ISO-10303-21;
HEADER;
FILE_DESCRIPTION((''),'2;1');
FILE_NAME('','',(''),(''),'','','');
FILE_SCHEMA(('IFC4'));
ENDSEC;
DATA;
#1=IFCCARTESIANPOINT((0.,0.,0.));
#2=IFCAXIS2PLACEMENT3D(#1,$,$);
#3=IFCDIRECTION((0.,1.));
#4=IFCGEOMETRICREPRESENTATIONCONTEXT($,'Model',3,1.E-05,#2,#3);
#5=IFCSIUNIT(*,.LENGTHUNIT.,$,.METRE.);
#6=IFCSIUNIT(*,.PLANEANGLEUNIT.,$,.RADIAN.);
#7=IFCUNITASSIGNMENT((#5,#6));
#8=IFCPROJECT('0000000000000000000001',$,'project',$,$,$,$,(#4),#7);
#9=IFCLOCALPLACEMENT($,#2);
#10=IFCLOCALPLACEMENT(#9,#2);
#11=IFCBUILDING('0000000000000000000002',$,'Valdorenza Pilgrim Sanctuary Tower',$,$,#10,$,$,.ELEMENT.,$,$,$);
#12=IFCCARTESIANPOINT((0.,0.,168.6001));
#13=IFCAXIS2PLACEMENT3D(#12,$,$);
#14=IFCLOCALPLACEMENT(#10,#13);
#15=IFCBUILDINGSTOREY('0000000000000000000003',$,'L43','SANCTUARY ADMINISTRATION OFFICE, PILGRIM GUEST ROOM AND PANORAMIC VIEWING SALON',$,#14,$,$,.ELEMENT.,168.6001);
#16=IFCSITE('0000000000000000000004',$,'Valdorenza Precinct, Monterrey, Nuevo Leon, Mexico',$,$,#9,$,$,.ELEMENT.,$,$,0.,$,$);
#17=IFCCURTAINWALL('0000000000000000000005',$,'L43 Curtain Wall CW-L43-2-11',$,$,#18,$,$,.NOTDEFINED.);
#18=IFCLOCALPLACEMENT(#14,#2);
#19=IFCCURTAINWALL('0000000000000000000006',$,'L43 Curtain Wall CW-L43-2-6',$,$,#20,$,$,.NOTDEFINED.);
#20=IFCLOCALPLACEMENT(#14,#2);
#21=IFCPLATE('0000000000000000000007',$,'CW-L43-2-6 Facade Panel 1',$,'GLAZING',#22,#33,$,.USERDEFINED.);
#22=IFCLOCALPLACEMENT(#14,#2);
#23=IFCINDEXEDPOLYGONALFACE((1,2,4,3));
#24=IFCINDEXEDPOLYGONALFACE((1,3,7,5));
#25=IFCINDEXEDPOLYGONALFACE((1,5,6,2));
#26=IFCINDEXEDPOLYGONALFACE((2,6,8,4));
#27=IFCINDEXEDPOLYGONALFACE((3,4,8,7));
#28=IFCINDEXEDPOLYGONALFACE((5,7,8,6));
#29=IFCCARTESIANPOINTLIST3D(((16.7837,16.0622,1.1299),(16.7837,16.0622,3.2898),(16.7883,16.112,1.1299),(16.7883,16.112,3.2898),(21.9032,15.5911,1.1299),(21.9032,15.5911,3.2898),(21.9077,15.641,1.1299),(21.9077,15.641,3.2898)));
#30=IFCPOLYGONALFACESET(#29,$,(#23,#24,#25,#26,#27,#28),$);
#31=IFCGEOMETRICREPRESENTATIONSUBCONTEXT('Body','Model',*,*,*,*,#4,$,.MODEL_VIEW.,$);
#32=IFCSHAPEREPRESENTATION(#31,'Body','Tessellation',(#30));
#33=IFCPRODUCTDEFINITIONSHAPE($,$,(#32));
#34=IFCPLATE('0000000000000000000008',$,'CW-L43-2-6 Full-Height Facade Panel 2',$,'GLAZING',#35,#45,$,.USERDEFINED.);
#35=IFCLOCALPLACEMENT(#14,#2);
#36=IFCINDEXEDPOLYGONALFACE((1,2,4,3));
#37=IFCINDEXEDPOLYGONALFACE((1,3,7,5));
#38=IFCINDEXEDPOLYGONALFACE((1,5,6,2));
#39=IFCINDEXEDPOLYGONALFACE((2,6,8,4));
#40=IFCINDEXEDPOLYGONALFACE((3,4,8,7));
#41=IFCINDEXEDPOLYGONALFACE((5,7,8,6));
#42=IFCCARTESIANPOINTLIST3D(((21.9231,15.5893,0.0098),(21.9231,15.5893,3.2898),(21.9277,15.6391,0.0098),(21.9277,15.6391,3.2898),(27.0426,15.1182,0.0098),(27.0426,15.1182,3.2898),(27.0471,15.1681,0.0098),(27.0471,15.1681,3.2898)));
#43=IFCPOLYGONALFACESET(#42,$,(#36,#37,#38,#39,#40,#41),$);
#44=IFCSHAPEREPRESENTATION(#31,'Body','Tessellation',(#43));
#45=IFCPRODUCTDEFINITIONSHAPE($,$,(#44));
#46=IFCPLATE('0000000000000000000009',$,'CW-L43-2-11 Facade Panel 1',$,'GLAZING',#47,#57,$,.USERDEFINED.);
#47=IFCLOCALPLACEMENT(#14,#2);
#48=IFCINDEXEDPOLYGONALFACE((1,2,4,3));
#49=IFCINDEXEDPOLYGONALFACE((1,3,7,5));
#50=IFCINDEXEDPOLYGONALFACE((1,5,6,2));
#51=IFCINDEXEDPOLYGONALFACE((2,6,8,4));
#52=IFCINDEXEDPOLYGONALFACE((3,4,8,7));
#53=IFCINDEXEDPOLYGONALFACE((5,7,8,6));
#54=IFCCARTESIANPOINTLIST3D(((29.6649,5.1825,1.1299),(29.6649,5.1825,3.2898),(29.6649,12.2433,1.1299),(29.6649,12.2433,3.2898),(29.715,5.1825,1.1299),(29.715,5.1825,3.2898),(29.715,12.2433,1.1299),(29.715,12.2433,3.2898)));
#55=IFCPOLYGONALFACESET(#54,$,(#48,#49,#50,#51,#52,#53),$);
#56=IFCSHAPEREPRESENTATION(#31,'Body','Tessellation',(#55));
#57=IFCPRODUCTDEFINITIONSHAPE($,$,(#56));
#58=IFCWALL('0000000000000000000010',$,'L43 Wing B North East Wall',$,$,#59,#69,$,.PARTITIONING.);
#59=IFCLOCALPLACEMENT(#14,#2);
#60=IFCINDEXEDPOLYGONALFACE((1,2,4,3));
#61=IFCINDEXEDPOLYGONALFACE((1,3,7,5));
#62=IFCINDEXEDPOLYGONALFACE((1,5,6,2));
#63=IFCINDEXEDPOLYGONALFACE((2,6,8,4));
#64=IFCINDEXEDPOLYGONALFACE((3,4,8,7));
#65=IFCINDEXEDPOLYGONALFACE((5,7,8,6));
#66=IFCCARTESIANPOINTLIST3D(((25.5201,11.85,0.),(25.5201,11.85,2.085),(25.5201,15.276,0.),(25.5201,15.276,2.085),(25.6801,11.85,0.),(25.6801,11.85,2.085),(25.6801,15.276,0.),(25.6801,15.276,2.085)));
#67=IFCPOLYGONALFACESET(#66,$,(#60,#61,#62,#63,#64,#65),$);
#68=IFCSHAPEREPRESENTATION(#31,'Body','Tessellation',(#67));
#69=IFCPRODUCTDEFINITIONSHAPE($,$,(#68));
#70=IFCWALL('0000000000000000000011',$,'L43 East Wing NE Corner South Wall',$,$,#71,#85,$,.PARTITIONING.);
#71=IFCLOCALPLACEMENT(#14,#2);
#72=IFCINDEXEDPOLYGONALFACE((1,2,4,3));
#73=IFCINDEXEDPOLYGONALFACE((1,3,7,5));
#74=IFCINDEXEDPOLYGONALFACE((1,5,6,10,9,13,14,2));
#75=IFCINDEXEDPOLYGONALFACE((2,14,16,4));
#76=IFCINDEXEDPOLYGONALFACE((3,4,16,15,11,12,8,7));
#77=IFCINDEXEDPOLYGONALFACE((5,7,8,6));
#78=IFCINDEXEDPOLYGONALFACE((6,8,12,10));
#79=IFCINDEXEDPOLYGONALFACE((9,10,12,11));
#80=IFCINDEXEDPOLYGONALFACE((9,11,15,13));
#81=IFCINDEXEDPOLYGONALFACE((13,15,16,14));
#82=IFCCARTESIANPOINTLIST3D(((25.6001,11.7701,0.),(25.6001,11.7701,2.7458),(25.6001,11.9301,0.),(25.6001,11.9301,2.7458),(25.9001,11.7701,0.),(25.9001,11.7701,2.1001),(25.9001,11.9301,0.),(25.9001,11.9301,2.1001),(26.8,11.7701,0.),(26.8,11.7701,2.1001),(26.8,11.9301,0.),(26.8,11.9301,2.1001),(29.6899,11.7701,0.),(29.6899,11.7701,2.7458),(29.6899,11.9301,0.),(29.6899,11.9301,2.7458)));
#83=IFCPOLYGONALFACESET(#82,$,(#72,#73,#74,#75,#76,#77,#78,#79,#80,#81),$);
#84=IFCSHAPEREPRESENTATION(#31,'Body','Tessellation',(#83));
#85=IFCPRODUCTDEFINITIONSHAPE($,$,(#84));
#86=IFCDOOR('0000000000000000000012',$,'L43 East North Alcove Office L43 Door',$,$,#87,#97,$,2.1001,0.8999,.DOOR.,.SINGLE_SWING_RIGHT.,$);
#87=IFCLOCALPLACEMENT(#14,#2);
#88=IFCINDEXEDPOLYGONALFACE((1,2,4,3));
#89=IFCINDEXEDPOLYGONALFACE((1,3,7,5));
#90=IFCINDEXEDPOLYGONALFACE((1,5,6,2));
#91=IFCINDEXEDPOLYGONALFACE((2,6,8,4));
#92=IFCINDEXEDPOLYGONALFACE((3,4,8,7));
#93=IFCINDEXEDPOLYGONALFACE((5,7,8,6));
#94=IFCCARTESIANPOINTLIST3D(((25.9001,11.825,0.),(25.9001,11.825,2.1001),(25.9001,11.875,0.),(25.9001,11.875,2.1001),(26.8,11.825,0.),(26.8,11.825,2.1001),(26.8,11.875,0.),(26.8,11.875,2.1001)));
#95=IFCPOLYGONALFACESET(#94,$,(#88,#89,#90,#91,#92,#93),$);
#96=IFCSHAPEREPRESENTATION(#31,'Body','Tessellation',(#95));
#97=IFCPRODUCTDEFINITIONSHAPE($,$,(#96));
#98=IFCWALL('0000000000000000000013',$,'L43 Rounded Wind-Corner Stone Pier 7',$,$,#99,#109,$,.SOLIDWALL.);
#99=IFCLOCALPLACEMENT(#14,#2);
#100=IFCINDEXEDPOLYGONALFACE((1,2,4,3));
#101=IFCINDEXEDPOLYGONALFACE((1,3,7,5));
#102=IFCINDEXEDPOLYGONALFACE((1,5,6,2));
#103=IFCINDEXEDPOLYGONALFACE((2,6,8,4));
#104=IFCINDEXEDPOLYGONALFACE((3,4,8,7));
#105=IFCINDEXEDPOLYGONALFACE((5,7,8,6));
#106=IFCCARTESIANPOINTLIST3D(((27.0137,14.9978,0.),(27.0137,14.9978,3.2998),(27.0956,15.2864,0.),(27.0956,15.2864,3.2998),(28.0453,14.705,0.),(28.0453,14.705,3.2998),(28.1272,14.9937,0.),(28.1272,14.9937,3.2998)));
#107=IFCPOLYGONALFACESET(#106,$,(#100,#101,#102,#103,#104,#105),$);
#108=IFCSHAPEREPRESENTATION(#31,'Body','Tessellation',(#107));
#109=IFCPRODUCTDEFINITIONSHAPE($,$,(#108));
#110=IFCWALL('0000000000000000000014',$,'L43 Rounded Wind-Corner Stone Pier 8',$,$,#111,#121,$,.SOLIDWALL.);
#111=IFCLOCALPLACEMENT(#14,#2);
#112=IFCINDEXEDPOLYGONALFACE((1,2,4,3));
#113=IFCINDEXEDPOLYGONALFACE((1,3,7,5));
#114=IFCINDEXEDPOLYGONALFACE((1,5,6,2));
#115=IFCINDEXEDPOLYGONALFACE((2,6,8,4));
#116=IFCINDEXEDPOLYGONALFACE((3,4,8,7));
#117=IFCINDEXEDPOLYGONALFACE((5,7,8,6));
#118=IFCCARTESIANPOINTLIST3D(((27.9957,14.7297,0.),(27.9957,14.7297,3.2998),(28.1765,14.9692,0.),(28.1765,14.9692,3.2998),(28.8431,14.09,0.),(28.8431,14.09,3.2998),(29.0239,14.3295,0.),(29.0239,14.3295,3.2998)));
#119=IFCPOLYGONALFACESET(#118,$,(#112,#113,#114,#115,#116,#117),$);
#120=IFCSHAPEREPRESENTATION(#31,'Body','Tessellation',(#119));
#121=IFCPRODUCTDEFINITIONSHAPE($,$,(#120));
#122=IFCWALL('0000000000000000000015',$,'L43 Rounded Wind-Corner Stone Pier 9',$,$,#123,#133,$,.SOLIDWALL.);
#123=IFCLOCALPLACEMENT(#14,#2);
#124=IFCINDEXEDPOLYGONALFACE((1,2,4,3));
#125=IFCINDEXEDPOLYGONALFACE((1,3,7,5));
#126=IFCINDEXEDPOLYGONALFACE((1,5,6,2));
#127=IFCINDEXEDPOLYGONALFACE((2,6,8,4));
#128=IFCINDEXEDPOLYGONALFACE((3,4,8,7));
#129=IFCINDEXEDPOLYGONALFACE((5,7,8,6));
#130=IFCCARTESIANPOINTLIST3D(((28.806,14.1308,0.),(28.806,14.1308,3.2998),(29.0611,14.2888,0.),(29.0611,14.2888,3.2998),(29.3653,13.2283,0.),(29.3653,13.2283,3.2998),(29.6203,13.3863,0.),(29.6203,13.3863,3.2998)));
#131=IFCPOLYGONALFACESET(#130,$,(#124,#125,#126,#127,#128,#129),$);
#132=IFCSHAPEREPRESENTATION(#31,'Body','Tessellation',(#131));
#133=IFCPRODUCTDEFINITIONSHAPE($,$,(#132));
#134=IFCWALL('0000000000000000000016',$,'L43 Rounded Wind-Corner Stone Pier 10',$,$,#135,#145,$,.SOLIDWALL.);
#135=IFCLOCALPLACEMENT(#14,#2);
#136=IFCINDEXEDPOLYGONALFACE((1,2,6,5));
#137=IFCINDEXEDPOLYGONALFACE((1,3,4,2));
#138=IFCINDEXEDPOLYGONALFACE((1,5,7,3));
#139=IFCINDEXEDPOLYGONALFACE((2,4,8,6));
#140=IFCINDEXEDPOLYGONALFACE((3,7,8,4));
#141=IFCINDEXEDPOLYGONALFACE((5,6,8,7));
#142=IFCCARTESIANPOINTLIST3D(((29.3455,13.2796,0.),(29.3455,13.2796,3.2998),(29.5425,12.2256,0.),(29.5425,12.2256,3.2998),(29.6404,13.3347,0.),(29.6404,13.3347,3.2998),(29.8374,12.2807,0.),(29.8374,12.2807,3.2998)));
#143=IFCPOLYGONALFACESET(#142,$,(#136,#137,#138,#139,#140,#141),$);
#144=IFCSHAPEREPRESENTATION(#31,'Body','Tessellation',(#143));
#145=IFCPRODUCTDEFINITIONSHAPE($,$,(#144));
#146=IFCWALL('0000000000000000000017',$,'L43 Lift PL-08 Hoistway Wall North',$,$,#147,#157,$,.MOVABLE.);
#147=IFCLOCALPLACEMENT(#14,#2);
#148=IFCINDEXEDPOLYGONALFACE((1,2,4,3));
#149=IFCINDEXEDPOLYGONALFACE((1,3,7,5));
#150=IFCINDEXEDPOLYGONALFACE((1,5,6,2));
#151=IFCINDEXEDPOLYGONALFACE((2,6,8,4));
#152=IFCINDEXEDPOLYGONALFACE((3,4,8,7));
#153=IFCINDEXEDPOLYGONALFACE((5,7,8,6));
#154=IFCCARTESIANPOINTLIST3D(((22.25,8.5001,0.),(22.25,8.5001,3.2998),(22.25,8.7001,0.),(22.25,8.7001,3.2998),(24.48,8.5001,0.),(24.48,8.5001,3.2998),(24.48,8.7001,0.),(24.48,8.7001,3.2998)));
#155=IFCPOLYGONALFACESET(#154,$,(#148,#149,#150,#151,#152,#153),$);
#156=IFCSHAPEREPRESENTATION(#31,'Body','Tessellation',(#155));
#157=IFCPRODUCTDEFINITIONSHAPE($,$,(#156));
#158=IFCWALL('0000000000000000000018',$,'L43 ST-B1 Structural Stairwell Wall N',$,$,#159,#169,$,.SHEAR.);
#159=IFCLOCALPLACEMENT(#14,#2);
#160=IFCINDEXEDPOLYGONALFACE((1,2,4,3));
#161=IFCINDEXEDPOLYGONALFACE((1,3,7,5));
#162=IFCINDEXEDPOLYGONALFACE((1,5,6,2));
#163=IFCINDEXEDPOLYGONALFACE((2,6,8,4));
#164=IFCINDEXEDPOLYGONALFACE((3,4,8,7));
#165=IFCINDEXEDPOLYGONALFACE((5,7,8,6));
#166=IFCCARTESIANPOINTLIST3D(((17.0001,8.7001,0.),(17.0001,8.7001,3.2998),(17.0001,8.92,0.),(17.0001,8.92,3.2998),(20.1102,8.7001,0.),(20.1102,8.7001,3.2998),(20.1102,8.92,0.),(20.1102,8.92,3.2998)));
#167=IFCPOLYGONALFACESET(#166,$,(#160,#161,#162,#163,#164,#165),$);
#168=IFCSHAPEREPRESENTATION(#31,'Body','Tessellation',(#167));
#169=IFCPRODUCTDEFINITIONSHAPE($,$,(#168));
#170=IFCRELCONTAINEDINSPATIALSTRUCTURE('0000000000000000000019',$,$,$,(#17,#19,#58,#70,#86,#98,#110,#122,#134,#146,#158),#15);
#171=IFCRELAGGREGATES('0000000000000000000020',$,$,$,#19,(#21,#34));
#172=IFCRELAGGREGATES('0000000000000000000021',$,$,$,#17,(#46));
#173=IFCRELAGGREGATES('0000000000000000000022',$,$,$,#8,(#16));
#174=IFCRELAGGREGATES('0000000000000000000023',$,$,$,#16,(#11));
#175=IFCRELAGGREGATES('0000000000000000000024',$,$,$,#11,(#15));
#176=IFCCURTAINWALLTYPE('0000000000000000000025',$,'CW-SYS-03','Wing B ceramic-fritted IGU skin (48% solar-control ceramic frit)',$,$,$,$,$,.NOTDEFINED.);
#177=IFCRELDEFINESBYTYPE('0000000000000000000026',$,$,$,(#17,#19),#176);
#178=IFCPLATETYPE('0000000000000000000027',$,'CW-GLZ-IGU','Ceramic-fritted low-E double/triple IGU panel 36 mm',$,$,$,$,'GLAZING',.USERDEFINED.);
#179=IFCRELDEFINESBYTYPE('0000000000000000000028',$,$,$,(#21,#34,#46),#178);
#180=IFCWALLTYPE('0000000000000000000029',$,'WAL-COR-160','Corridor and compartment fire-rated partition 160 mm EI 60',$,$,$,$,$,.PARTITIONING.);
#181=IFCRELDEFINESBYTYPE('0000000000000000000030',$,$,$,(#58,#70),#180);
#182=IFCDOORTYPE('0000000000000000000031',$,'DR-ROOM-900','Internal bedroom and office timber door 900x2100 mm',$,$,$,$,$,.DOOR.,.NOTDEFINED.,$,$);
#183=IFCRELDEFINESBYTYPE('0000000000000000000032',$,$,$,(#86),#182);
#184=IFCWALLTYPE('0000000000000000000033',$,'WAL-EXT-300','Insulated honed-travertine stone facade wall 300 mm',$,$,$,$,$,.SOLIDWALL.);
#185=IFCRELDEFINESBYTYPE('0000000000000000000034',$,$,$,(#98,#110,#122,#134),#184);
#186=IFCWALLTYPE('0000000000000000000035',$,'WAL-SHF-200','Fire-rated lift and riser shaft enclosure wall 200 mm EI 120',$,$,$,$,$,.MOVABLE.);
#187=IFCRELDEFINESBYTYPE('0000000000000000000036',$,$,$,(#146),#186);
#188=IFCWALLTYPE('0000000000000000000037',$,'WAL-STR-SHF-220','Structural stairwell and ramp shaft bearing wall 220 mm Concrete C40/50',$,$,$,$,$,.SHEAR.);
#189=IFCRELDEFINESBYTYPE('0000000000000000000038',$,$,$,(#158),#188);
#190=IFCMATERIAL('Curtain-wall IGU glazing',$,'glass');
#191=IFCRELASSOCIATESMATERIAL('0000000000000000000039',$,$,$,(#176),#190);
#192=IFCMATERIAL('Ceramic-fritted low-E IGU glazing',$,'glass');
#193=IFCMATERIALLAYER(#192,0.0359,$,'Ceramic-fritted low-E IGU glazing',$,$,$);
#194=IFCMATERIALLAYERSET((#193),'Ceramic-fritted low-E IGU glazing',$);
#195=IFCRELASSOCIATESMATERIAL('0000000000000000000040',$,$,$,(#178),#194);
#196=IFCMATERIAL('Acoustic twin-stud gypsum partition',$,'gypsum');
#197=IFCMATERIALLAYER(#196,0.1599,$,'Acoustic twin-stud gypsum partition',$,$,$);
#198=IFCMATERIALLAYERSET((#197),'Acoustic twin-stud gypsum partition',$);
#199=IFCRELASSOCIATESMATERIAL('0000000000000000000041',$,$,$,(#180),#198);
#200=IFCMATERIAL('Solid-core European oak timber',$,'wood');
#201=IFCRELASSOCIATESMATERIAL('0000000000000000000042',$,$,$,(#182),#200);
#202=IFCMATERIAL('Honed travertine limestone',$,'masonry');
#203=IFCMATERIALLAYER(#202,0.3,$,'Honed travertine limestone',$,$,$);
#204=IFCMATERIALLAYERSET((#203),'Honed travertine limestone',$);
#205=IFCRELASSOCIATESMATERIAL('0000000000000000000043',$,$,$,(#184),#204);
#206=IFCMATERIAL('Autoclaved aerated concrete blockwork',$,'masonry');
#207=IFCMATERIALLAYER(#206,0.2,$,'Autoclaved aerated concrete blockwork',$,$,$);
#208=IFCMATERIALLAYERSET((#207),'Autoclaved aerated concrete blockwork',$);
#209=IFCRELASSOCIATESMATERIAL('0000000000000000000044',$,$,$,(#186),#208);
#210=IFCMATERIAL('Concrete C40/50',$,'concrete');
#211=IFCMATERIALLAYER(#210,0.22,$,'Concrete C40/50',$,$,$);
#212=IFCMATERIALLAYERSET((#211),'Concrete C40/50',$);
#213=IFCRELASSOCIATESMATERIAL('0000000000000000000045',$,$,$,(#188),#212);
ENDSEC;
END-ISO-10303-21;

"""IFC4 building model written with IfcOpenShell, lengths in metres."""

from ifc_helpers import new_model, si_unit, direction, frame, frame_2d, origin, origin_2d, place, context, subcontext, project, spatial, rectangle, extrude, source, transform, mapped, material, layer, layer_set, type_object, element, fill, aggregate, save


model = new_model("IFC4")

# Units and contexts
model_context = context("Model", 3, precision=1e-05, world=origin(), true_north=direction((0.0, 1.0)))
body_context = subcontext(model_context, "Body", "Model", "MODEL_VIEW")
ifc_project = project(units=[si_unit("LENGTHUNIT", "METRE"), si_unit("PLANEANGLEUNIT", "RADIAN")], contexts=[model_context])

# Site, building, storey
site_placement = place(None, origin())
site = spatial("IfcSite", under=ifc_project, at=site_placement, Name="Valdorenza Precinct, Monterrey, Nuevo Leon, Mexico", CompositionType="ELEMENT", RefElevation=0.0)
building_placement = place(site_placement, origin())
building = spatial("IfcBuilding", under=site, at=building_placement, Name="Valdorenza Pilgrim Sanctuary Tower", CompositionType="ELEMENT")
storey_placement = place(building_placement, frame((0.0, 0.0, 168.6001)))
storey = spatial("IfcBuildingStorey", under=building, at=storey_placement, Name="L43", Description="SANCTUARY ADMINISTRATION OFFICE, PILGRIM GUEST ROOM AND PANORAMIC VIEWING SALON", CompositionType="ELEMENT", Elevation=168.6001)

# Curtain wall
ifc_material_1 = material(Name="Curtain-wall IGU glazing", Category="glass")
curtain_wall_type = type_object("IfcCurtainWallType", Name="CW-SYS-03", Description="Wing B ceramic-fritted IGU skin (48% solar-control ceramic frit)", PredefinedType="NOTDEFINED", material=ifc_material_1)
curtain_wall_1_placement = place(storey_placement, origin())
curtain_wall_1 = element("IfcCurtainWall", 1, at=curtain_wall_1_placement, inside=storey, type_object=curtain_wall_type, Name="L43 Curtain Wall CW-L43-2-11", PredefinedType="NOTDEFINED")

# Curtain wall
curtain_wall_2_placement = place(storey_placement, origin())
curtain_wall_2 = element("IfcCurtainWall", 2, at=curtain_wall_2_placement, inside=storey, type_object=curtain_wall_type, Name="L43 Curtain Wall CW-L43-2-6", PredefinedType="NOTDEFINED")

# Plates
ifc_material_2 = material(Name="Honed travertine limestone", Category="masonry")
ifc_material_3 = material(Name="Ceramic-fritted low-E IGU glazing", Category="glass")
ifc_layer_1 = layer(ifc_material_3, 0.0359, Name="Ceramic-fritted low-E IGU glazing")
ifc_layer_set_1 = layer_set([ifc_layer_1], Name="Ceramic-fritted low-E IGU glazing")
plate_type_1 = type_object("IfcPlateType", Name="CW-GLZ-IGU", Description="Ceramic-fritted low-E double/triple IGU panel 36 mm", ElementType="GLAZING", PredefinedType="USERDEFINED", material=ifc_layer_set_1)
shared_shape_1 = source(origin(), body_context, "Body", "SweptSolid", [
    extrude(rectangle(XDim=5.1411, YDim=0.05, at=origin_2d()), origin(), (0.0, 0.0, 1.0), 2.1599),
])
plate_1_placement = place(storey_placement, frame((19.3457, 15.8516, 1.1299), z_axis=(0.0, 0.0, 1.0), x_axis=(0.995794, -0.091623, 0.0)))
plate_1 = element("IfcPlate", 3, at=plate_1_placement, type_object=plate_type_1, Name="CW-L43-2-6 Facade Panel 1", ObjectType="GLAZING", PredefinedType="USERDEFINED", context=body_context, shape_type="MappedRepresentation", body=[
    mapped(shared_shape_1, transform((0.0, 0.0, 0.0), x_axis=(1.0, 0.0, 0.0), y_axis=(0.0, 1.0, 0.0), z_axis=(0.0, 0.0, 1.0), scale=1.0)),
])
shared_shape_2 = source(origin(), body_context, "Body", "SweptSolid", [
    extrude(rectangle(XDim=5.1411, YDim=0.05, at=origin_2d()), origin(), (0.0, 0.0, 1.0), 3.28),
])
plate_2_placement = place(storey_placement, frame((24.4851, 15.3787, 0.0098), z_axis=(0.0, 0.0, 1.0), x_axis=(0.995794, -0.091623, 0.0)))
plate_2 = element("IfcPlate", 4, at=plate_2_placement, type_object=plate_type_1, Name="CW-L43-2-6 Full-Height Facade Panel 2", ObjectType="GLAZING", PredefinedType="USERDEFINED", context=body_context, shape_type="MappedRepresentation", body=[
    mapped(shared_shape_2, transform((0.0, 0.0, 0.0), x_axis=(1.0, 0.0, 0.0), y_axis=(0.0, 1.0, 0.0), z_axis=(0.0, 0.0, 1.0), scale=1.0)),
])
aggregate(curtain_wall_2, [plate_1, plate_2])
shared_shape_3 = source(origin(), body_context, "Body", "SweptSolid", [
    extrude(rectangle(XDim=7.0608, YDim=0.05, at=origin_2d()), origin(), (0.0, 0.0, 1.0), 2.1599),
])
plate_3_placement = place(storey_placement, frame((29.6899, 8.7129, 1.1299), z_axis=(0.0, 0.0, 1.0), x_axis=(0.0, -1.0, 0.0)))
plate_3 = element("IfcPlate", 5, at=plate_3_placement, type_object=plate_type_1, Name="CW-L43-2-11 Facade Panel 1", ObjectType="GLAZING", PredefinedType="USERDEFINED", context=body_context, shape_type="MappedRepresentation", body=[
    mapped(shared_shape_3, transform((0.0, 0.0, 0.0), x_axis=(1.0, 0.0, 0.0), y_axis=(0.0, 1.0, 0.0), z_axis=(0.0, 0.0, 1.0), scale=1.0)),
])
aggregate(curtain_wall_1, [plate_3])

# Wall
ifc_material_4 = material(Name="Acoustic twin-stud gypsum partition", Category="gypsum")
ifc_layer_2 = layer(ifc_material_4, 0.1599, Name="Acoustic twin-stud gypsum partition")
ifc_layer_set_2 = layer_set([ifc_layer_2], Name="Acoustic twin-stud gypsum partition")
wall_type_1 = type_object("IfcWallType", Name="WAL-COR-160", Description="Corridor and compartment fire-rated partition 160 mm EI 60", PredefinedType="PARTITIONING", material=ifc_layer_set_2)
wall_1_placement = place(storey_placement, frame((25.6001, 11.8501, 0.0), z_axis=(0.0, 0.0, 1.0), x_axis=(0.0, 1.0, 0.0)))
element("IfcWall", 6, at=wall_1_placement, inside=storey, type_object=wall_type_1, Name="L43 Wing B North East Wall", PredefinedType="PARTITIONING", context=body_context, shape_type="SweptSolid", body=[
    extrude(rectangle(XDim=3.426, YDim=0.1599, at=frame_2d((1.7129, 0.0))), origin(), (0.0, 0.0, 1.0), 2.085),
])

# Wall, opening, door
wall_2_placement = place(storey_placement, frame((25.6001, 11.8501, 0.0), z_axis=(0.0, 0.0, 1.0), x_axis=(1.0, 0.0, 0.0)))
wall_2 = element("IfcWall", 7, at=wall_2_placement, inside=storey, type_object=wall_type_1, Name="L43 East Wing NE Corner South Wall", PredefinedType="PARTITIONING", context=body_context, shape_type="SweptSolid", body=[
    extrude(rectangle(XDim=4.0898, YDim=0.1599, at=frame_2d((2.0449, 0.0))), origin(), (0.0, 0.0, 1.0), 2.7458),
])
opening_placement = place(wall_2_placement, frame((0.3, 0.0, 0.0)))
opening = element("IfcOpeningElement", 8, at=opening_placement, cuts=wall_2, PredefinedType="OPENING", context=body_context, shape_type="SweptSolid", body=[
    extrude(rectangle(XDim=0.8999, YDim=2.1001, at=frame_2d((0.45, 1.05))), frame((0.0, 0.0947, 0.0), z_axis=(0.0, -1.0, 0.0), x_axis=(1.0, 0.0, 0.0)), (0.0, 0.0, 1.0), 0.1897),
])
ifc_material_5 = material(Name="Solid-core European oak timber", Category="wood")
door_type = type_object("IfcDoorType", Name="DR-ROOM-900", Description="Internal bedroom and office timber door 900x2100 mm", OperationType="NOTDEFINED", PredefinedType="DOOR", material=ifc_material_5)
door_placement = place(opening_placement, origin())
door = element("IfcDoor", 9, at=door_placement, inside=storey, type_object=door_type, Name="L43 East North Alcove Office L43 Door", OperationType="SINGLE_SWING_RIGHT", OverallHeight=2.1001, OverallWidth=0.8999, PredefinedType="DOOR", context=body_context, shape_type="SweptSolid", body=[
    extrude(rectangle(XDim=0.8999, YDim=2.1001, at=frame_2d((0.45, 1.05))), frame((0.0, 0.0249, 0.0), z_axis=(0.0, -1.0, 0.0), x_axis=(1.0, 0.0, 0.0)), (0.0, 0.0, 1.0), 0.05),
])
fill(opening, door)

# Walls
ifc_layer_3 = layer(ifc_material_2, 0.3, Name="Honed travertine limestone")
ifc_layer_set_3 = layer_set([ifc_layer_3], Name="Honed travertine limestone")
wall_type_2 = type_object("IfcWallType", Name="WAL-EXT-300", Description="Insulated honed-travertine stone facade wall 300 mm", PredefinedType="SOLIDWALL", material=ifc_layer_set_3)
wall_3_placement = place(storey_placement, frame((27.0547, 15.1421, 0.0), z_axis=(0.0, 0.0, 1.0), x_axis=(0.962012, -0.273007, 0.0)))
element("IfcWall", 10, at=wall_3_placement, inside=storey, type_object=wall_type_2, Name="L43 Rounded Wind-Corner Stone Pier 7", PredefinedType="SOLIDWALL", context=body_context, shape_type="SweptSolid", body=[
    extrude(rectangle(XDim=1.0723, YDim=0.3, at=frame_2d((0.5361, 0.0))), origin(), (0.0, 0.0, 1.0), 3.2998),
])
for number, where, z_axis, x_axis, name in (
    (11, (28.0862, 14.8494, 0.0), (0.0, 0.0, 1.0), (0.798147, -0.602462, 0.0), "L43 Rounded Wind-Corner Stone Pier 8"),
    (12, (28.9336, 14.2097, 0.0), (0.0, 0.0, 1.0), (0.52675, -0.85002, 0.0), "L43 Rounded Wind-Corner Stone Pier 9"),
):
    element("IfcWall", number, at=place(storey_placement, frame(where, z_axis=z_axis, x_axis=x_axis)), inside=storey, type_object=wall_type_2, Name=name, PredefinedType="SOLIDWALL", context=body_context, shape_type="SweptSolid", body=[
        extrude(rectangle(XDim=1.0618, YDim=0.3, at=frame_2d((0.5308, 0.0))), origin(), (0.0, 0.0, 1.0), 3.2998),
    ])
wall_4_placement = place(storey_placement, frame((29.4929, 13.3071, 0.0), z_axis=(0.0, 0.0, 1.0), x_axis=(0.183752, -0.982973, 0.0)))
element("IfcWall", 13, at=wall_4_placement, inside=storey, type_object=wall_type_2, Name="L43 Rounded Wind-Corner Stone Pier 10", PredefinedType="SOLIDWALL", context=body_context, shape_type="SweptSolid", body=[
    extrude(rectangle(XDim=1.0723, YDim=0.3, at=frame_2d((0.5361, 0.0))), origin(), (0.0, 0.0, 1.0), 3.2998),
])
ifc_material_6 = material(Name="Autoclaved aerated concrete blockwork", Category="masonry")
ifc_layer_4 = layer(ifc_material_6, 0.2, Name="Autoclaved aerated concrete blockwork")
ifc_layer_set_4 = layer_set([ifc_layer_4], Name="Autoclaved aerated concrete blockwork")
wall_type_3 = type_object("IfcWallType", Name="WAL-SHF-200", Description="Fire-rated lift and riser shaft enclosure wall 200 mm EI 120", PredefinedType="MOVABLE", material=ifc_layer_set_4)
wall_5_placement = place(storey_placement, frame((22.25, 8.6001, 0.0), z_axis=(0.0, 0.0, 1.0), x_axis=(1.0, 0.0, 0.0)))
element("IfcWall", 14, at=wall_5_placement, inside=storey, type_object=wall_type_3, Name="L43 Lift PL-08 Hoistway Wall North", PredefinedType="MOVABLE", context=body_context, shape_type="SweptSolid", body=[
    extrude(rectangle(XDim=2.23, YDim=0.2, at=frame_2d((1.115, 0.0))), origin(), (0.0, 0.0, 1.0), 3.2998),
])
ifc_material_7 = material(Name="Concrete C40/50", Category="concrete")
ifc_layer_5 = layer(ifc_material_7, 0.22, Name="Concrete C40/50")
ifc_layer_set_5 = layer_set([ifc_layer_5], Name="Concrete C40/50")
wall_type_4 = type_object("IfcWallType", Name="WAL-STR-SHF-220", Description="Structural stairwell and ramp shaft bearing wall 220 mm Concrete C40/50", PredefinedType="SHEAR", material=ifc_layer_set_5)
wall_6_placement = place(storey_placement, frame((17.0, 8.8101, 0.0), z_axis=(0.0, 0.0, 1.0), x_axis=(1.0, 0.0, 0.0)))
element("IfcWall", 15, at=wall_6_placement, inside=storey, type_object=wall_type_4, Name="L43 ST-B1 Structural Stairwell Wall N", PredefinedType="SHEAR", context=body_context, shape_type="SweptSolid", body=[
    extrude(rectangle(XDim=3.1101, YDim=0.22, at=frame_2d((1.5552, 0.0))), origin(), (0.0, 0.0, 1.0), 3.2998),
])

save(model, "model.ifc")
